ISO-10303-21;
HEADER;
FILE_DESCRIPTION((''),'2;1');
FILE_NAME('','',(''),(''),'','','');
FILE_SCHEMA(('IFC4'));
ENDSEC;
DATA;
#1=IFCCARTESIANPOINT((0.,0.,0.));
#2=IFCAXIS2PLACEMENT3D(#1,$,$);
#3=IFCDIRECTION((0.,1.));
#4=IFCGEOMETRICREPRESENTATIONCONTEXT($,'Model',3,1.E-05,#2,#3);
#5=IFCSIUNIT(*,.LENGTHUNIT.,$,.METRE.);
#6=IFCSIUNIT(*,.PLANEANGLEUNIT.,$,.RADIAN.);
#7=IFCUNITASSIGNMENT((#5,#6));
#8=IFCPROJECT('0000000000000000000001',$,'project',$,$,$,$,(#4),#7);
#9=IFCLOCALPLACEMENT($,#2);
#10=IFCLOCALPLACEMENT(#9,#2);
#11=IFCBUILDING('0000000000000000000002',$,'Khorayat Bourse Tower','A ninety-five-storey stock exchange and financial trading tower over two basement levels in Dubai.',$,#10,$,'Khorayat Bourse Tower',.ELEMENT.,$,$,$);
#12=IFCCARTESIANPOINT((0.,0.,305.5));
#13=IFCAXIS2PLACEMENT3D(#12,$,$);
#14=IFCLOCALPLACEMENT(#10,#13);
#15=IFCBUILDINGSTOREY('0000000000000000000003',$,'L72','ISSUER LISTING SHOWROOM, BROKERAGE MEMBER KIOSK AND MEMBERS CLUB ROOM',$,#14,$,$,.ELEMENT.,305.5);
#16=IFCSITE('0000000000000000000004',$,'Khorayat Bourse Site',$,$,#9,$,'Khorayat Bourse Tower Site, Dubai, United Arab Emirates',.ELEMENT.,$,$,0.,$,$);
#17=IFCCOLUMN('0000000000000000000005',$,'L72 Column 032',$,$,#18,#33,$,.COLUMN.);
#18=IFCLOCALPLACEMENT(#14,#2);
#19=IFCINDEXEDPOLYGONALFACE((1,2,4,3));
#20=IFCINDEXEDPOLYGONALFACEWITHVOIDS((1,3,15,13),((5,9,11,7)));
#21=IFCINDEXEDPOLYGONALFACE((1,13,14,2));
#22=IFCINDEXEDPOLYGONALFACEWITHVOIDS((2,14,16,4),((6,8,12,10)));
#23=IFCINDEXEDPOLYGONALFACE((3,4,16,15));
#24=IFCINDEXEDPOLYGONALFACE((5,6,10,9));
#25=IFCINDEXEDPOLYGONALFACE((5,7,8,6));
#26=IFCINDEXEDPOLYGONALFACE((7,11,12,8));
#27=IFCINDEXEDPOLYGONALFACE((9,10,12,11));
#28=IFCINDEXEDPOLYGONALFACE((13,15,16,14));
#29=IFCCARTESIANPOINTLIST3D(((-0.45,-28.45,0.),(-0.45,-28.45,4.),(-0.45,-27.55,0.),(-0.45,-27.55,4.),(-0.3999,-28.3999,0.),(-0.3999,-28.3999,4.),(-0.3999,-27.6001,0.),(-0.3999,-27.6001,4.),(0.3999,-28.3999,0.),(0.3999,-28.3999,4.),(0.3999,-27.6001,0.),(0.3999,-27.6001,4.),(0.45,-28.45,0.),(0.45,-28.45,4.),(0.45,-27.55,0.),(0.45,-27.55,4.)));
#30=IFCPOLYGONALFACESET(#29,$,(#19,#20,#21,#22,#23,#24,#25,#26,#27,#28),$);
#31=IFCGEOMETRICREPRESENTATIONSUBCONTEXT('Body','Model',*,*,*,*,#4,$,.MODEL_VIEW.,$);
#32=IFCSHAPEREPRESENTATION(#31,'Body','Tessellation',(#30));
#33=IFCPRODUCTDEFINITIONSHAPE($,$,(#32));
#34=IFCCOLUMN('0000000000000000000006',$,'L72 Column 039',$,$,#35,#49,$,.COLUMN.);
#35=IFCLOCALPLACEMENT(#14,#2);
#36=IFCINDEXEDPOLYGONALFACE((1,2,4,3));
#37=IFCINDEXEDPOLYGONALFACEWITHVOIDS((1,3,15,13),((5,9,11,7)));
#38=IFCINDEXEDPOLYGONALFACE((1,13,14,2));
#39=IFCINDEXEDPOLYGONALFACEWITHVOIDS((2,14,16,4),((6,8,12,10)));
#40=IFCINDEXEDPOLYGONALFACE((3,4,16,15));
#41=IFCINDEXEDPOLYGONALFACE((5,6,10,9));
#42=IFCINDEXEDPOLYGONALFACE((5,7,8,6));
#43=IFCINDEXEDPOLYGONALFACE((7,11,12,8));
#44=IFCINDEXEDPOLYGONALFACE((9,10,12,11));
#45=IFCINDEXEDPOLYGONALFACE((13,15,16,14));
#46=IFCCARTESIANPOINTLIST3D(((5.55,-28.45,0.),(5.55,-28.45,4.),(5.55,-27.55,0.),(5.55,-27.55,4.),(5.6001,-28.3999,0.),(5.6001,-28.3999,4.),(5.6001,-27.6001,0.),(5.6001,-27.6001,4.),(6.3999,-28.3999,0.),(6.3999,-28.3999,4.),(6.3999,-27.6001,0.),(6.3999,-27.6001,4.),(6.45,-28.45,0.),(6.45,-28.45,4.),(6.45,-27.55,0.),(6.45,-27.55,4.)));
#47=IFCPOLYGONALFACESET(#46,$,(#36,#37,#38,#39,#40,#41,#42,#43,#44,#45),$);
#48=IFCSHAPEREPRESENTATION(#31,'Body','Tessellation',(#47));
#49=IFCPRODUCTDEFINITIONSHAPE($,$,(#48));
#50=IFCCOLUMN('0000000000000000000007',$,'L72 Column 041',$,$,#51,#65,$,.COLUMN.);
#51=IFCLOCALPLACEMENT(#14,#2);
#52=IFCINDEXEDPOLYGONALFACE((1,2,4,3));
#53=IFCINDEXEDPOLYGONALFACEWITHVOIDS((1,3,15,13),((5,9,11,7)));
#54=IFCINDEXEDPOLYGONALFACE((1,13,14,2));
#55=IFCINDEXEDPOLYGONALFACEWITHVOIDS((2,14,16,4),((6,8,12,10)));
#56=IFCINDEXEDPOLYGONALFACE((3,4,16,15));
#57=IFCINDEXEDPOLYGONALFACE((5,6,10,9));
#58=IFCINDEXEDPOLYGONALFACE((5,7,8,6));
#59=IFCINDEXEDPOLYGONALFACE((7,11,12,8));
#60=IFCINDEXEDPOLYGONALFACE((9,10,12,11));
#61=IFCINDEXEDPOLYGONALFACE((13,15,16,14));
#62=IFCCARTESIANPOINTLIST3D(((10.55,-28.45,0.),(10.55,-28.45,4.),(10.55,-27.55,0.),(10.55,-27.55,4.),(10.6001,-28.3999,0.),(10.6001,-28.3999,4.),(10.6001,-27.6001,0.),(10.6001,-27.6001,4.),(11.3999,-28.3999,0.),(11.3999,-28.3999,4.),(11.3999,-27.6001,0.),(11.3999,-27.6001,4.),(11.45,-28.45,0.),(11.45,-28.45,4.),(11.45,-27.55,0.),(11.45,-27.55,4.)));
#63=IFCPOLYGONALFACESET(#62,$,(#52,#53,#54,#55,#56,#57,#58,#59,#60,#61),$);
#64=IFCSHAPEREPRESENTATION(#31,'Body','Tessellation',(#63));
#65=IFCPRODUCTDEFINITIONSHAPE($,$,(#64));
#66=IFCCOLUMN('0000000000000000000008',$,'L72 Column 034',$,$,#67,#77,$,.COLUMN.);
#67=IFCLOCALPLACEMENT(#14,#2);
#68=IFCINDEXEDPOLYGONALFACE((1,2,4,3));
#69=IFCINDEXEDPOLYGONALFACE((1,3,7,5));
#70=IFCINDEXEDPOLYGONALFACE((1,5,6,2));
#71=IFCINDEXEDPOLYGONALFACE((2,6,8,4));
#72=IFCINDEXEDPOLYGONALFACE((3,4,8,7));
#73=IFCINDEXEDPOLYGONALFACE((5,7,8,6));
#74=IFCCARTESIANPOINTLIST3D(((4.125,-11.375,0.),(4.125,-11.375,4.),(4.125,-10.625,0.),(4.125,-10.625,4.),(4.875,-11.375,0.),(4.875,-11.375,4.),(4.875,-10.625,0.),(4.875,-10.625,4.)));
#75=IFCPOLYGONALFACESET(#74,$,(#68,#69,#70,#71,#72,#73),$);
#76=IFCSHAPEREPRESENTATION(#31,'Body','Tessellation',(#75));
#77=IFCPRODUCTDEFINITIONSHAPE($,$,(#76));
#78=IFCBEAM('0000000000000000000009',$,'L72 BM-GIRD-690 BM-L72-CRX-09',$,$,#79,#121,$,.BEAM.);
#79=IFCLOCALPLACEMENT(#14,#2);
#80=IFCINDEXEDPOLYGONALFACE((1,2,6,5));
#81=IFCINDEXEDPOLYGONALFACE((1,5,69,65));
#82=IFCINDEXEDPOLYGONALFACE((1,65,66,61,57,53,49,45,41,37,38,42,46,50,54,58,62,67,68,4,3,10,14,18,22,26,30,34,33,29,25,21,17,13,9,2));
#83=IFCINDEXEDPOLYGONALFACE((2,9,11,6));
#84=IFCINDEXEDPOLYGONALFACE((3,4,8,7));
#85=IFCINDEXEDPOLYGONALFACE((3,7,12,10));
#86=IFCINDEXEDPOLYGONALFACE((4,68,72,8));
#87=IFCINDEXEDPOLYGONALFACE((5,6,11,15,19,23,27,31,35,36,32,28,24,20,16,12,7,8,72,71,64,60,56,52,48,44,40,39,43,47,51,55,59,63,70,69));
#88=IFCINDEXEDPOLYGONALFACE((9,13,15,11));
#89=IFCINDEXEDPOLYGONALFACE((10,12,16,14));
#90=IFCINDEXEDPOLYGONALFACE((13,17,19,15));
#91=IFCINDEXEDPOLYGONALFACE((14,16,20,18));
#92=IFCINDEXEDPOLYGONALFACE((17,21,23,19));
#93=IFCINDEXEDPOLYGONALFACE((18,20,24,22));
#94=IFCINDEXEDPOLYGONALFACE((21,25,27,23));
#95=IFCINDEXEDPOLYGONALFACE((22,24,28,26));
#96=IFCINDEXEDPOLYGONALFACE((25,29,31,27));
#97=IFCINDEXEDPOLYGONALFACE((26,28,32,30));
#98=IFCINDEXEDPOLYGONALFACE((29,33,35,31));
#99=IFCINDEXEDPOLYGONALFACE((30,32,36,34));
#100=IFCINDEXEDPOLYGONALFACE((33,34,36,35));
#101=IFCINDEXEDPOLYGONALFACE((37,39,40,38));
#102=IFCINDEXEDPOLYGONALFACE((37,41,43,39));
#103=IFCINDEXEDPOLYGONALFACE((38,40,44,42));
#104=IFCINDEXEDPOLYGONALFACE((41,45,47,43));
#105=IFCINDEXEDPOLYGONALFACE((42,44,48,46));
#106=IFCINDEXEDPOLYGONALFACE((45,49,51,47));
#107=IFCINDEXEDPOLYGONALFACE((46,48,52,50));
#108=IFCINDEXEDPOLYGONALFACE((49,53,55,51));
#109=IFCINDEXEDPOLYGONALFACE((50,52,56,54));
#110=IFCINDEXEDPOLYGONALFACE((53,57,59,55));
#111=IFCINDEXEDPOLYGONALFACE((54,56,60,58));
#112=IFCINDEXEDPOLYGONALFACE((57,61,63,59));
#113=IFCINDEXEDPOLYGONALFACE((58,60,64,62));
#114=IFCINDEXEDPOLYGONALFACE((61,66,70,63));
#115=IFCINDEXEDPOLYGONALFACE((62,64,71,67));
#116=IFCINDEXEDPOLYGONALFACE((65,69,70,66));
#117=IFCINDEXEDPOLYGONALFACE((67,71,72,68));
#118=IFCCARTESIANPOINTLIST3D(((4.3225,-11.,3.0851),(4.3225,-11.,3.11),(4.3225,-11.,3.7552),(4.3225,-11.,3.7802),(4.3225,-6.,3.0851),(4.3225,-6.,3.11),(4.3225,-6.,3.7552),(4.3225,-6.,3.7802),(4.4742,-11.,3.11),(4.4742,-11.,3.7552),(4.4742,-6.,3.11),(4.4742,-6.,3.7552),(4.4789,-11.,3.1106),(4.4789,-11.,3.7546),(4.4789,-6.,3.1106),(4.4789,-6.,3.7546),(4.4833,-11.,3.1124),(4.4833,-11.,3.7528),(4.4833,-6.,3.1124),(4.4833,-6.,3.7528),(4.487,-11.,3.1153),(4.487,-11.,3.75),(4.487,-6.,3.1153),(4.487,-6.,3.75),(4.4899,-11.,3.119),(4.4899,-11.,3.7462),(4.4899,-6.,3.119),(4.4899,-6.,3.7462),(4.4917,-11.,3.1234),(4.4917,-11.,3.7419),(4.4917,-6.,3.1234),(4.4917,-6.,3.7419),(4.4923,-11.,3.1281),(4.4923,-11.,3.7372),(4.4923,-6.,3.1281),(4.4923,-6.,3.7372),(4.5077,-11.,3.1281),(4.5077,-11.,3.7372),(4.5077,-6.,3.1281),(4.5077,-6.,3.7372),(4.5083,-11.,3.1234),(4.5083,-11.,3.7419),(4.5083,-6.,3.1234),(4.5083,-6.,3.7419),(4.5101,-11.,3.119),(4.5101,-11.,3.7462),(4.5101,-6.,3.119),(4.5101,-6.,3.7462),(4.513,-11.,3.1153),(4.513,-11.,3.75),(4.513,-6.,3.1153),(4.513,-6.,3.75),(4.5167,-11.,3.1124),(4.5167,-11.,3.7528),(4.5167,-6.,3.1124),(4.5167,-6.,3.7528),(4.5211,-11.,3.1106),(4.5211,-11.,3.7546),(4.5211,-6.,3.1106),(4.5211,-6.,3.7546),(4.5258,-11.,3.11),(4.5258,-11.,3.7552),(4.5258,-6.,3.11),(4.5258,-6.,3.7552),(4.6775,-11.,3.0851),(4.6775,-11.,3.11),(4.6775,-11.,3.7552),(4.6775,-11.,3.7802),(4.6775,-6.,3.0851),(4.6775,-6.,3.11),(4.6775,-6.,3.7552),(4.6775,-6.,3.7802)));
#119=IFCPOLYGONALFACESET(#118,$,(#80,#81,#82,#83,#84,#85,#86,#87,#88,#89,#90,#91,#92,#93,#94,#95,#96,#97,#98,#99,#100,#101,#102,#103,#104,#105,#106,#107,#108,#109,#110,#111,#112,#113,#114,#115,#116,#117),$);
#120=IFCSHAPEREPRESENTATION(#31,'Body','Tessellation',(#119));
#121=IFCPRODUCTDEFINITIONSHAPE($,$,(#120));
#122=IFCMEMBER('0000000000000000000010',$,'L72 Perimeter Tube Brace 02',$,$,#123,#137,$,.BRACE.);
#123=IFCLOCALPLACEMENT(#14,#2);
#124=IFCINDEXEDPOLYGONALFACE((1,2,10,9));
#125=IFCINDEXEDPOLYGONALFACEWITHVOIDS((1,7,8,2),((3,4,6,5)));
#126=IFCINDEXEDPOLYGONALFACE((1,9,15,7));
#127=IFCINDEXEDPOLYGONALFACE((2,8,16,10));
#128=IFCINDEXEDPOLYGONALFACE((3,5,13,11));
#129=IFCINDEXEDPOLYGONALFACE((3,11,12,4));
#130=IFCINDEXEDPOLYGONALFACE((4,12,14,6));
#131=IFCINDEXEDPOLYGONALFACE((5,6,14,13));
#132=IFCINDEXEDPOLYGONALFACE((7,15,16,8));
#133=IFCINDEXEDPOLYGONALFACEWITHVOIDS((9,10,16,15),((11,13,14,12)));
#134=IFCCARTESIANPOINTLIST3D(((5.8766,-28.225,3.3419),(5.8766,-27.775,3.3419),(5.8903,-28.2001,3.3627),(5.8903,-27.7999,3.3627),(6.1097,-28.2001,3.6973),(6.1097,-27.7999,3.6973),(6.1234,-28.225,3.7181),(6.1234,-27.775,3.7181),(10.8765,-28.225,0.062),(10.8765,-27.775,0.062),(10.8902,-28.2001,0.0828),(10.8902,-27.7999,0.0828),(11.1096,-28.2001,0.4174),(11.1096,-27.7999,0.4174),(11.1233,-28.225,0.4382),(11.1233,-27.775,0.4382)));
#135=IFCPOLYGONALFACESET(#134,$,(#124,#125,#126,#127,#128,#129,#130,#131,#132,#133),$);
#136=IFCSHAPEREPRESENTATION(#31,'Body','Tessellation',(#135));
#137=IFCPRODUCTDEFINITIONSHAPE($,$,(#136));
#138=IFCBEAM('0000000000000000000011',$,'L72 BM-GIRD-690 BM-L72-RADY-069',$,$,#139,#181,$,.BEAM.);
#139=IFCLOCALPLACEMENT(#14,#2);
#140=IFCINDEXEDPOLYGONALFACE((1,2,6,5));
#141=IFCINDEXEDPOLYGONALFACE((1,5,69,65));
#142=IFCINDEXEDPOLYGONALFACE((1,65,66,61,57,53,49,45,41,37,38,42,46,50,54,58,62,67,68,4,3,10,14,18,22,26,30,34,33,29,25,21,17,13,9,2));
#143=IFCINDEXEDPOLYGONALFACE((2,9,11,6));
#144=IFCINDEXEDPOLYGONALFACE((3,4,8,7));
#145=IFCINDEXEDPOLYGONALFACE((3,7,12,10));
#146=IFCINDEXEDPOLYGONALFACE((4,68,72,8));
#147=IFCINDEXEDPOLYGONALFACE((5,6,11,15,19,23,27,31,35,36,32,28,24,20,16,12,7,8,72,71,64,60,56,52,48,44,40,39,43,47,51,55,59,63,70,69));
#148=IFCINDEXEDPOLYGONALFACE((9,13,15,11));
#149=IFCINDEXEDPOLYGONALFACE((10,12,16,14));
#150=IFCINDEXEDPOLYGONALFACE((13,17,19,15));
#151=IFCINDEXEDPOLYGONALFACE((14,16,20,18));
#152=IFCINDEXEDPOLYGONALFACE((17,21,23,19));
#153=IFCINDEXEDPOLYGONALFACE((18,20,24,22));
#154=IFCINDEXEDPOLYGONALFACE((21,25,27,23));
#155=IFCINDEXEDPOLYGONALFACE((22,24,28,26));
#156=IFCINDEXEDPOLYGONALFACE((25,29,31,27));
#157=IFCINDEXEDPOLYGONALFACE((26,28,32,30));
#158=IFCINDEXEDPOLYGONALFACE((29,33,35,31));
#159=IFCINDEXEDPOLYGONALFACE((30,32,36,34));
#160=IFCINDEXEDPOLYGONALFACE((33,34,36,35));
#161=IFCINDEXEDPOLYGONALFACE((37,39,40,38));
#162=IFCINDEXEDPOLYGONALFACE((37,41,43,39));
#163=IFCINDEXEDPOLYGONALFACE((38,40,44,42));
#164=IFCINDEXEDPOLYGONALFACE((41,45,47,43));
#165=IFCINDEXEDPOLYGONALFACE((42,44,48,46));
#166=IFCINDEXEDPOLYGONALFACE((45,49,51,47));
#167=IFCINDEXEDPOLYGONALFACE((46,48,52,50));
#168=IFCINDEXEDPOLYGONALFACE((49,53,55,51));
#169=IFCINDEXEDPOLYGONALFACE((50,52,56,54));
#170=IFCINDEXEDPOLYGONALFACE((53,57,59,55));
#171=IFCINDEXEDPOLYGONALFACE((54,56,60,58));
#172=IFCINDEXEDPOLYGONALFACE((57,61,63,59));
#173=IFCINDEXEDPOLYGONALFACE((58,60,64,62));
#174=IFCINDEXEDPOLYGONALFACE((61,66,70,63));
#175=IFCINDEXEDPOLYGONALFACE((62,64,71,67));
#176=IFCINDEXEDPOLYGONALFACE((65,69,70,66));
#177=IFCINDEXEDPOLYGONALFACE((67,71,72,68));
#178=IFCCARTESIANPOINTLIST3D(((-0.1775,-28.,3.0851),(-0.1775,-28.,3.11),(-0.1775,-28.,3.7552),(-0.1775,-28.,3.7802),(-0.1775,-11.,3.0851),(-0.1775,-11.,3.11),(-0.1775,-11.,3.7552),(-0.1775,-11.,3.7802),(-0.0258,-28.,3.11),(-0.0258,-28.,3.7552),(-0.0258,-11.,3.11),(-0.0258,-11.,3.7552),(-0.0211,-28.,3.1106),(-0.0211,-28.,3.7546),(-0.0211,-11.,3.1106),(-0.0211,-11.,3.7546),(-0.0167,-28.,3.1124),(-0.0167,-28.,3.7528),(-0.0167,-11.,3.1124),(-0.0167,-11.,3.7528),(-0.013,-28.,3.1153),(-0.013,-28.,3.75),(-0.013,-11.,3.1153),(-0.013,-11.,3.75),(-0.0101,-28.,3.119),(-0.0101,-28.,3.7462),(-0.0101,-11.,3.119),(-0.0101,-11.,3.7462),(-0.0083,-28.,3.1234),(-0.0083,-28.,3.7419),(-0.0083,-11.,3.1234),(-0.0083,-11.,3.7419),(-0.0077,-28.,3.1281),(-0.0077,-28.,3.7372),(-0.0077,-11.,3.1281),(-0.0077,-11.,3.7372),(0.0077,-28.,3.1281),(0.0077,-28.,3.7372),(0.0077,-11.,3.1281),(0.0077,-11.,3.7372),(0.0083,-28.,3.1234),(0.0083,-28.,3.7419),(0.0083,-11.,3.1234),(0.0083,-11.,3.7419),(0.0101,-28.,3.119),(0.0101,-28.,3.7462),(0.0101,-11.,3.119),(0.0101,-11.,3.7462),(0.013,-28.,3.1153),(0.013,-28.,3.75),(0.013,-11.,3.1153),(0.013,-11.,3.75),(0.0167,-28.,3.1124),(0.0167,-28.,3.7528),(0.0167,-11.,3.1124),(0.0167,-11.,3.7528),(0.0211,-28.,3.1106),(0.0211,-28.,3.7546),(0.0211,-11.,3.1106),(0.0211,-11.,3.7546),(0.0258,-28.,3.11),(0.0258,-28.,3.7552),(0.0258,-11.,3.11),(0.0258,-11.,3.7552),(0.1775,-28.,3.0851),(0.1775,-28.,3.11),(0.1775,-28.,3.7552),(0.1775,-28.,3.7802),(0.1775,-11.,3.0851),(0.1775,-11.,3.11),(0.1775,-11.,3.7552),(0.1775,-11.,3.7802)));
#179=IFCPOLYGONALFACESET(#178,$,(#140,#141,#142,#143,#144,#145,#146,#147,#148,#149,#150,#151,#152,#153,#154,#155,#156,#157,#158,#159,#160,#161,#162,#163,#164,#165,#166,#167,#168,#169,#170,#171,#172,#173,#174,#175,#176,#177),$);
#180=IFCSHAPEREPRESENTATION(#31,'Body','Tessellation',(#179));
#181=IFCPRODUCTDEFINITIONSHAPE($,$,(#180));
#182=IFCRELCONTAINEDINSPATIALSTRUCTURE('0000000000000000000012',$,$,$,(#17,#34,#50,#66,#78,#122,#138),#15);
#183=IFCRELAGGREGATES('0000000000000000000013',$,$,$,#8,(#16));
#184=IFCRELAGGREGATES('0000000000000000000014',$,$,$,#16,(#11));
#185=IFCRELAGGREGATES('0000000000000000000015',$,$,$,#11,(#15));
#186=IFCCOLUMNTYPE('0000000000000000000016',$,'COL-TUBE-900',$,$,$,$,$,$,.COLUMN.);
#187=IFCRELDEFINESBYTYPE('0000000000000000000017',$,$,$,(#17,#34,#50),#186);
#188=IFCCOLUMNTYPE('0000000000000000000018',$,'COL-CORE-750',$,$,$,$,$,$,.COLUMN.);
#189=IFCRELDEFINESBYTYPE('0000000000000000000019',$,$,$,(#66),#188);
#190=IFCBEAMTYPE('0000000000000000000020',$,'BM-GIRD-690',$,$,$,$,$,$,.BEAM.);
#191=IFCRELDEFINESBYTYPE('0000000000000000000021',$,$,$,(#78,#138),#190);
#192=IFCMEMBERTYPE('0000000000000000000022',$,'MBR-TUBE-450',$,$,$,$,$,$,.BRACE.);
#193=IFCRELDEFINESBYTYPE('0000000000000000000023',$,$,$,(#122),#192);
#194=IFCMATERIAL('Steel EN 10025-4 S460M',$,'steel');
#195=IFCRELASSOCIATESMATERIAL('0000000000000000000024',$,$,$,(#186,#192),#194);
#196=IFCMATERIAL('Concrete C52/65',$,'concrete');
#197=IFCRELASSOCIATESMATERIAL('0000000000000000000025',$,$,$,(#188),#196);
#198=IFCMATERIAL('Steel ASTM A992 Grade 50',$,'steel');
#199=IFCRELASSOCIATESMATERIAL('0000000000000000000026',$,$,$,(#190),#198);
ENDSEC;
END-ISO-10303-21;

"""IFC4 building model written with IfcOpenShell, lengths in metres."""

from ifc_helpers import new_model, si_unit, direction, frame, origin, origin_2d, place, context, subcontext, project, spatial, rectangle, hollow_rectangle, i_section, extrude, source, transform, mapped, material, material_profile, profile_set, type_object, element, save


model = new_model("IFC4")

# Units and contexts
model_context = context("Model", 3, precision=1e-05, world=origin(), true_north=direction((0.0, 1.0)))
body_context = subcontext(model_context, "Body", "Model", "MODEL_VIEW")
ifc_project = project(units=[si_unit("LENGTHUNIT", "METRE"), si_unit("PLANEANGLEUNIT", "RADIAN")], contexts=[model_context])

# Site, building, storey
site_placement = place(None, origin())
site = spatial("IfcSite", under=ifc_project, at=site_placement, Name="Khorayat Bourse Site", LongName="Khorayat Bourse Tower Site, Dubai, United Arab Emirates", CompositionType="ELEMENT", RefElevation=0.0)
building_placement = place(site_placement, origin())
building = spatial("IfcBuilding", under=site, at=building_placement, Name="Khorayat Bourse Tower", Description="A ninety-five-storey stock exchange and financial trading tower over two basement levels in Dubai.", LongName="Khorayat Bourse Tower", CompositionType="ELEMENT")
storey_placement = place(building_placement, frame((0.0, 0.0, 305.5)))
storey = spatial("IfcBuildingStorey", under=building, at=storey_placement, Name="L72", Description="ISSUER LISTING SHOWROOM, BROKERAGE MEMBER KIOSK AND MEMBERS CLUB ROOM", CompositionType="ELEMENT", Elevation=305.5)

# Columns
ifc_material_1 = material(Name="Steel EN 10025-4 S460M", Category="steel")
ifc_material_profile_1 = material_profile(ifc_material_1, hollow_rectangle(XDim=0.8999, YDim=0.8999, WallThickness=0.05, at=origin_2d()), Name="BOX 900x900x50")
ifc_profile_set_1 = profile_set([ifc_material_profile_1], Name="Steel EN 10025-4 S460M")
column_type_1 = type_object("IfcColumnType", Name="COL-TUBE-900", PredefinedType="COLUMN", material=ifc_profile_set_1)
shared_shape_1 = source(origin(), body_context, "Body", "SweptSolid", [
    extrude(hollow_rectangle(XDim=0.8999, YDim=0.8999, WallThickness=0.05, at=origin_2d()), origin(), (0.0, 0.0, 1.0), 4.0),
])
for number, where, z_axis, x_axis, name in (
    (1, (0.0, -28.0, 0.0), (0.0, 0.0, 1.0), (1.0, 0.0, 0.0), "L72 Column 032"),
    (2, (6.0, -28.0, 0.0), (0.0, 0.0, 1.0), (1.0, 0.0, 0.0), "L72 Column 039"),
    (3, (11.0, -28.0, 0.0), (0.0, 0.0, 1.0), (1.0, 0.0, 0.0), "L72 Column 041"),
):
    element("IfcColumn", number, at=place(storey_placement, frame(where, z_axis=z_axis, x_axis=x_axis)), inside=storey, type_object=column_type_1, Name=name, PredefinedType="COLUMN", context=body_context, shape_type="MappedRepresentation", body=[
        mapped(shared_shape_1, transform((0.0, 0.0, 0.0), scale=1.0)),
    ])
ifc_material_2 = material(Name="Concrete C52/65", Category="concrete")
ifc_material_profile_2 = material_profile(ifc_material_2, rectangle(XDim=0.75, YDim=0.75, at=origin_2d()), Name="RC 750x750")
ifc_profile_set_2 = profile_set([ifc_material_profile_2], Name="Concrete C52/65")
column_type_2 = type_object("IfcColumnType", Name="COL-CORE-750", PredefinedType="COLUMN", material=ifc_profile_set_2)
shared_shape_2 = source(origin(), body_context, "Body", "SweptSolid", [
    extrude(rectangle(XDim=0.75, YDim=0.75, at=origin_2d()), origin(), (0.0, 0.0, 1.0), 4.0),
])
column_placement = place(storey_placement, frame((4.5, -11.0, 0.0), z_axis=(0.0, 0.0, 1.0), x_axis=(1.0, 0.0, 0.0)))
element("IfcColumn", 4, at=column_placement, inside=storey, type_object=column_type_2, Name="L72 Column 034", PredefinedType="COLUMN", context=body_context, shape_type="MappedRepresentation", body=[
    mapped(shared_shape_2, transform((0.0, 0.0, 0.0), scale=1.0)),
])

# Beam
ifc_material_3 = material(Name="Steel ASTM A992 Grade 50", Category="steel")
ifc_material_profile_3 = material_profile(ifc_material_3, i_section(OverallWidth=0.355, OverallDepth=0.6951, WebThickness=0.0154, FlangeThickness=0.0249, FilletRadius=0.0181, at=origin_2d()), Name="W690X217")
ifc_profile_set_3 = profile_set([ifc_material_profile_3], Name="Steel ASTM A992 Grade 50")
beam_type_1 = type_object("IfcBeamType", Name="BM-GIRD-690", PredefinedType="BEAM", material=ifc_profile_set_3)
shared_shape_3 = source(origin(), body_context, "Body", "SweptSolid", [
    extrude(i_section(OverallWidth=0.355, OverallDepth=0.6951, WebThickness=0.0154, FlangeThickness=0.0249, FilletRadius=0.0181, at=origin_2d()), origin(), (0.0, 0.0, 1.0), 5.0),
])
beam_1_placement = place(storey_placement, frame((4.5, -11.0, 3.4326), z_axis=(0.0, 1.0, 0.0), x_axis=(-1.0, 0.0, 0.0)))
element("IfcBeam", 5, at=beam_1_placement, inside=storey, type_object=beam_type_1, Name="L72 BM-GIRD-690 BM-L72-CRX-09", PredefinedType="BEAM", context=body_context, shape_type="MappedRepresentation", body=[
    mapped(shared_shape_3, transform((0.0, 0.0, 0.0), scale=1.0)),
])

# Member
ifc_material_profile_4 = material_profile(ifc_material_1, hollow_rectangle(XDim=0.45, YDim=0.45, WallThickness=0.0249, at=origin_2d()), Name="HSS 450x450x25")
ifc_profile_set_4 = profile_set([ifc_material_profile_4], Name="Steel EN 10025-4 S460M")
member_type_1 = type_object("IfcMemberType", Name="MBR-TUBE-450", PredefinedType="BRACE", material=ifc_profile_set_4)
shared_shape_4 = source(origin(), body_context, "Body", "SweptSolid", [
    extrude(hollow_rectangle(XDim=0.45, YDim=0.45, WallThickness=0.0249, at=origin_2d()), origin(), (0.0, 0.0, 1.0), 5.9797),
])
member_1_placement = place(storey_placement, frame((6.0, -28.0, 3.53), z_axis=(0.836142, 0.0, -0.548514), x_axis=(0.0, 1.0, 0.0)))
element("IfcMember", 6, at=member_1_placement, inside=storey, type_object=member_type_1, Name="L72 Perimeter Tube Brace 02", PredefinedType="BRACE", context=body_context, shape_type="MappedRepresentation", body=[
    mapped(shared_shape_4, transform((0.0, 0.0, 0.0), scale=1.0)),
])

# Beam
shared_shape_5 = source(origin(), body_context, "Body", "SweptSolid", [
    extrude(i_section(OverallWidth=0.355, OverallDepth=0.6951, WebThickness=0.0154, FlangeThickness=0.0249, FilletRadius=0.0181, at=origin_2d()), origin(), (0.0, 0.0, 1.0), 17.0),
])
for number, where, z_axis, x_axis, name in (
    (7, (0.0, -28.0, 3.4326), (0.0, 1.0, 0.0), (-1.0, 0.0, 0.0), "L72 BM-GIRD-690 BM-L72-RADY-069"),
):
    element("IfcBeam", number, at=place(storey_placement, frame(where, z_axis=z_axis, x_axis=x_axis)), inside=storey, type_object=beam_type_1, Name=name, PredefinedType="BEAM", context=body_context, shape_type="MappedRepresentation", body=[
        mapped(shared_shape_5, transform((0.0, 0.0, 0.0), scale=1.0)),
    ])

save(model, "model.ifc")
